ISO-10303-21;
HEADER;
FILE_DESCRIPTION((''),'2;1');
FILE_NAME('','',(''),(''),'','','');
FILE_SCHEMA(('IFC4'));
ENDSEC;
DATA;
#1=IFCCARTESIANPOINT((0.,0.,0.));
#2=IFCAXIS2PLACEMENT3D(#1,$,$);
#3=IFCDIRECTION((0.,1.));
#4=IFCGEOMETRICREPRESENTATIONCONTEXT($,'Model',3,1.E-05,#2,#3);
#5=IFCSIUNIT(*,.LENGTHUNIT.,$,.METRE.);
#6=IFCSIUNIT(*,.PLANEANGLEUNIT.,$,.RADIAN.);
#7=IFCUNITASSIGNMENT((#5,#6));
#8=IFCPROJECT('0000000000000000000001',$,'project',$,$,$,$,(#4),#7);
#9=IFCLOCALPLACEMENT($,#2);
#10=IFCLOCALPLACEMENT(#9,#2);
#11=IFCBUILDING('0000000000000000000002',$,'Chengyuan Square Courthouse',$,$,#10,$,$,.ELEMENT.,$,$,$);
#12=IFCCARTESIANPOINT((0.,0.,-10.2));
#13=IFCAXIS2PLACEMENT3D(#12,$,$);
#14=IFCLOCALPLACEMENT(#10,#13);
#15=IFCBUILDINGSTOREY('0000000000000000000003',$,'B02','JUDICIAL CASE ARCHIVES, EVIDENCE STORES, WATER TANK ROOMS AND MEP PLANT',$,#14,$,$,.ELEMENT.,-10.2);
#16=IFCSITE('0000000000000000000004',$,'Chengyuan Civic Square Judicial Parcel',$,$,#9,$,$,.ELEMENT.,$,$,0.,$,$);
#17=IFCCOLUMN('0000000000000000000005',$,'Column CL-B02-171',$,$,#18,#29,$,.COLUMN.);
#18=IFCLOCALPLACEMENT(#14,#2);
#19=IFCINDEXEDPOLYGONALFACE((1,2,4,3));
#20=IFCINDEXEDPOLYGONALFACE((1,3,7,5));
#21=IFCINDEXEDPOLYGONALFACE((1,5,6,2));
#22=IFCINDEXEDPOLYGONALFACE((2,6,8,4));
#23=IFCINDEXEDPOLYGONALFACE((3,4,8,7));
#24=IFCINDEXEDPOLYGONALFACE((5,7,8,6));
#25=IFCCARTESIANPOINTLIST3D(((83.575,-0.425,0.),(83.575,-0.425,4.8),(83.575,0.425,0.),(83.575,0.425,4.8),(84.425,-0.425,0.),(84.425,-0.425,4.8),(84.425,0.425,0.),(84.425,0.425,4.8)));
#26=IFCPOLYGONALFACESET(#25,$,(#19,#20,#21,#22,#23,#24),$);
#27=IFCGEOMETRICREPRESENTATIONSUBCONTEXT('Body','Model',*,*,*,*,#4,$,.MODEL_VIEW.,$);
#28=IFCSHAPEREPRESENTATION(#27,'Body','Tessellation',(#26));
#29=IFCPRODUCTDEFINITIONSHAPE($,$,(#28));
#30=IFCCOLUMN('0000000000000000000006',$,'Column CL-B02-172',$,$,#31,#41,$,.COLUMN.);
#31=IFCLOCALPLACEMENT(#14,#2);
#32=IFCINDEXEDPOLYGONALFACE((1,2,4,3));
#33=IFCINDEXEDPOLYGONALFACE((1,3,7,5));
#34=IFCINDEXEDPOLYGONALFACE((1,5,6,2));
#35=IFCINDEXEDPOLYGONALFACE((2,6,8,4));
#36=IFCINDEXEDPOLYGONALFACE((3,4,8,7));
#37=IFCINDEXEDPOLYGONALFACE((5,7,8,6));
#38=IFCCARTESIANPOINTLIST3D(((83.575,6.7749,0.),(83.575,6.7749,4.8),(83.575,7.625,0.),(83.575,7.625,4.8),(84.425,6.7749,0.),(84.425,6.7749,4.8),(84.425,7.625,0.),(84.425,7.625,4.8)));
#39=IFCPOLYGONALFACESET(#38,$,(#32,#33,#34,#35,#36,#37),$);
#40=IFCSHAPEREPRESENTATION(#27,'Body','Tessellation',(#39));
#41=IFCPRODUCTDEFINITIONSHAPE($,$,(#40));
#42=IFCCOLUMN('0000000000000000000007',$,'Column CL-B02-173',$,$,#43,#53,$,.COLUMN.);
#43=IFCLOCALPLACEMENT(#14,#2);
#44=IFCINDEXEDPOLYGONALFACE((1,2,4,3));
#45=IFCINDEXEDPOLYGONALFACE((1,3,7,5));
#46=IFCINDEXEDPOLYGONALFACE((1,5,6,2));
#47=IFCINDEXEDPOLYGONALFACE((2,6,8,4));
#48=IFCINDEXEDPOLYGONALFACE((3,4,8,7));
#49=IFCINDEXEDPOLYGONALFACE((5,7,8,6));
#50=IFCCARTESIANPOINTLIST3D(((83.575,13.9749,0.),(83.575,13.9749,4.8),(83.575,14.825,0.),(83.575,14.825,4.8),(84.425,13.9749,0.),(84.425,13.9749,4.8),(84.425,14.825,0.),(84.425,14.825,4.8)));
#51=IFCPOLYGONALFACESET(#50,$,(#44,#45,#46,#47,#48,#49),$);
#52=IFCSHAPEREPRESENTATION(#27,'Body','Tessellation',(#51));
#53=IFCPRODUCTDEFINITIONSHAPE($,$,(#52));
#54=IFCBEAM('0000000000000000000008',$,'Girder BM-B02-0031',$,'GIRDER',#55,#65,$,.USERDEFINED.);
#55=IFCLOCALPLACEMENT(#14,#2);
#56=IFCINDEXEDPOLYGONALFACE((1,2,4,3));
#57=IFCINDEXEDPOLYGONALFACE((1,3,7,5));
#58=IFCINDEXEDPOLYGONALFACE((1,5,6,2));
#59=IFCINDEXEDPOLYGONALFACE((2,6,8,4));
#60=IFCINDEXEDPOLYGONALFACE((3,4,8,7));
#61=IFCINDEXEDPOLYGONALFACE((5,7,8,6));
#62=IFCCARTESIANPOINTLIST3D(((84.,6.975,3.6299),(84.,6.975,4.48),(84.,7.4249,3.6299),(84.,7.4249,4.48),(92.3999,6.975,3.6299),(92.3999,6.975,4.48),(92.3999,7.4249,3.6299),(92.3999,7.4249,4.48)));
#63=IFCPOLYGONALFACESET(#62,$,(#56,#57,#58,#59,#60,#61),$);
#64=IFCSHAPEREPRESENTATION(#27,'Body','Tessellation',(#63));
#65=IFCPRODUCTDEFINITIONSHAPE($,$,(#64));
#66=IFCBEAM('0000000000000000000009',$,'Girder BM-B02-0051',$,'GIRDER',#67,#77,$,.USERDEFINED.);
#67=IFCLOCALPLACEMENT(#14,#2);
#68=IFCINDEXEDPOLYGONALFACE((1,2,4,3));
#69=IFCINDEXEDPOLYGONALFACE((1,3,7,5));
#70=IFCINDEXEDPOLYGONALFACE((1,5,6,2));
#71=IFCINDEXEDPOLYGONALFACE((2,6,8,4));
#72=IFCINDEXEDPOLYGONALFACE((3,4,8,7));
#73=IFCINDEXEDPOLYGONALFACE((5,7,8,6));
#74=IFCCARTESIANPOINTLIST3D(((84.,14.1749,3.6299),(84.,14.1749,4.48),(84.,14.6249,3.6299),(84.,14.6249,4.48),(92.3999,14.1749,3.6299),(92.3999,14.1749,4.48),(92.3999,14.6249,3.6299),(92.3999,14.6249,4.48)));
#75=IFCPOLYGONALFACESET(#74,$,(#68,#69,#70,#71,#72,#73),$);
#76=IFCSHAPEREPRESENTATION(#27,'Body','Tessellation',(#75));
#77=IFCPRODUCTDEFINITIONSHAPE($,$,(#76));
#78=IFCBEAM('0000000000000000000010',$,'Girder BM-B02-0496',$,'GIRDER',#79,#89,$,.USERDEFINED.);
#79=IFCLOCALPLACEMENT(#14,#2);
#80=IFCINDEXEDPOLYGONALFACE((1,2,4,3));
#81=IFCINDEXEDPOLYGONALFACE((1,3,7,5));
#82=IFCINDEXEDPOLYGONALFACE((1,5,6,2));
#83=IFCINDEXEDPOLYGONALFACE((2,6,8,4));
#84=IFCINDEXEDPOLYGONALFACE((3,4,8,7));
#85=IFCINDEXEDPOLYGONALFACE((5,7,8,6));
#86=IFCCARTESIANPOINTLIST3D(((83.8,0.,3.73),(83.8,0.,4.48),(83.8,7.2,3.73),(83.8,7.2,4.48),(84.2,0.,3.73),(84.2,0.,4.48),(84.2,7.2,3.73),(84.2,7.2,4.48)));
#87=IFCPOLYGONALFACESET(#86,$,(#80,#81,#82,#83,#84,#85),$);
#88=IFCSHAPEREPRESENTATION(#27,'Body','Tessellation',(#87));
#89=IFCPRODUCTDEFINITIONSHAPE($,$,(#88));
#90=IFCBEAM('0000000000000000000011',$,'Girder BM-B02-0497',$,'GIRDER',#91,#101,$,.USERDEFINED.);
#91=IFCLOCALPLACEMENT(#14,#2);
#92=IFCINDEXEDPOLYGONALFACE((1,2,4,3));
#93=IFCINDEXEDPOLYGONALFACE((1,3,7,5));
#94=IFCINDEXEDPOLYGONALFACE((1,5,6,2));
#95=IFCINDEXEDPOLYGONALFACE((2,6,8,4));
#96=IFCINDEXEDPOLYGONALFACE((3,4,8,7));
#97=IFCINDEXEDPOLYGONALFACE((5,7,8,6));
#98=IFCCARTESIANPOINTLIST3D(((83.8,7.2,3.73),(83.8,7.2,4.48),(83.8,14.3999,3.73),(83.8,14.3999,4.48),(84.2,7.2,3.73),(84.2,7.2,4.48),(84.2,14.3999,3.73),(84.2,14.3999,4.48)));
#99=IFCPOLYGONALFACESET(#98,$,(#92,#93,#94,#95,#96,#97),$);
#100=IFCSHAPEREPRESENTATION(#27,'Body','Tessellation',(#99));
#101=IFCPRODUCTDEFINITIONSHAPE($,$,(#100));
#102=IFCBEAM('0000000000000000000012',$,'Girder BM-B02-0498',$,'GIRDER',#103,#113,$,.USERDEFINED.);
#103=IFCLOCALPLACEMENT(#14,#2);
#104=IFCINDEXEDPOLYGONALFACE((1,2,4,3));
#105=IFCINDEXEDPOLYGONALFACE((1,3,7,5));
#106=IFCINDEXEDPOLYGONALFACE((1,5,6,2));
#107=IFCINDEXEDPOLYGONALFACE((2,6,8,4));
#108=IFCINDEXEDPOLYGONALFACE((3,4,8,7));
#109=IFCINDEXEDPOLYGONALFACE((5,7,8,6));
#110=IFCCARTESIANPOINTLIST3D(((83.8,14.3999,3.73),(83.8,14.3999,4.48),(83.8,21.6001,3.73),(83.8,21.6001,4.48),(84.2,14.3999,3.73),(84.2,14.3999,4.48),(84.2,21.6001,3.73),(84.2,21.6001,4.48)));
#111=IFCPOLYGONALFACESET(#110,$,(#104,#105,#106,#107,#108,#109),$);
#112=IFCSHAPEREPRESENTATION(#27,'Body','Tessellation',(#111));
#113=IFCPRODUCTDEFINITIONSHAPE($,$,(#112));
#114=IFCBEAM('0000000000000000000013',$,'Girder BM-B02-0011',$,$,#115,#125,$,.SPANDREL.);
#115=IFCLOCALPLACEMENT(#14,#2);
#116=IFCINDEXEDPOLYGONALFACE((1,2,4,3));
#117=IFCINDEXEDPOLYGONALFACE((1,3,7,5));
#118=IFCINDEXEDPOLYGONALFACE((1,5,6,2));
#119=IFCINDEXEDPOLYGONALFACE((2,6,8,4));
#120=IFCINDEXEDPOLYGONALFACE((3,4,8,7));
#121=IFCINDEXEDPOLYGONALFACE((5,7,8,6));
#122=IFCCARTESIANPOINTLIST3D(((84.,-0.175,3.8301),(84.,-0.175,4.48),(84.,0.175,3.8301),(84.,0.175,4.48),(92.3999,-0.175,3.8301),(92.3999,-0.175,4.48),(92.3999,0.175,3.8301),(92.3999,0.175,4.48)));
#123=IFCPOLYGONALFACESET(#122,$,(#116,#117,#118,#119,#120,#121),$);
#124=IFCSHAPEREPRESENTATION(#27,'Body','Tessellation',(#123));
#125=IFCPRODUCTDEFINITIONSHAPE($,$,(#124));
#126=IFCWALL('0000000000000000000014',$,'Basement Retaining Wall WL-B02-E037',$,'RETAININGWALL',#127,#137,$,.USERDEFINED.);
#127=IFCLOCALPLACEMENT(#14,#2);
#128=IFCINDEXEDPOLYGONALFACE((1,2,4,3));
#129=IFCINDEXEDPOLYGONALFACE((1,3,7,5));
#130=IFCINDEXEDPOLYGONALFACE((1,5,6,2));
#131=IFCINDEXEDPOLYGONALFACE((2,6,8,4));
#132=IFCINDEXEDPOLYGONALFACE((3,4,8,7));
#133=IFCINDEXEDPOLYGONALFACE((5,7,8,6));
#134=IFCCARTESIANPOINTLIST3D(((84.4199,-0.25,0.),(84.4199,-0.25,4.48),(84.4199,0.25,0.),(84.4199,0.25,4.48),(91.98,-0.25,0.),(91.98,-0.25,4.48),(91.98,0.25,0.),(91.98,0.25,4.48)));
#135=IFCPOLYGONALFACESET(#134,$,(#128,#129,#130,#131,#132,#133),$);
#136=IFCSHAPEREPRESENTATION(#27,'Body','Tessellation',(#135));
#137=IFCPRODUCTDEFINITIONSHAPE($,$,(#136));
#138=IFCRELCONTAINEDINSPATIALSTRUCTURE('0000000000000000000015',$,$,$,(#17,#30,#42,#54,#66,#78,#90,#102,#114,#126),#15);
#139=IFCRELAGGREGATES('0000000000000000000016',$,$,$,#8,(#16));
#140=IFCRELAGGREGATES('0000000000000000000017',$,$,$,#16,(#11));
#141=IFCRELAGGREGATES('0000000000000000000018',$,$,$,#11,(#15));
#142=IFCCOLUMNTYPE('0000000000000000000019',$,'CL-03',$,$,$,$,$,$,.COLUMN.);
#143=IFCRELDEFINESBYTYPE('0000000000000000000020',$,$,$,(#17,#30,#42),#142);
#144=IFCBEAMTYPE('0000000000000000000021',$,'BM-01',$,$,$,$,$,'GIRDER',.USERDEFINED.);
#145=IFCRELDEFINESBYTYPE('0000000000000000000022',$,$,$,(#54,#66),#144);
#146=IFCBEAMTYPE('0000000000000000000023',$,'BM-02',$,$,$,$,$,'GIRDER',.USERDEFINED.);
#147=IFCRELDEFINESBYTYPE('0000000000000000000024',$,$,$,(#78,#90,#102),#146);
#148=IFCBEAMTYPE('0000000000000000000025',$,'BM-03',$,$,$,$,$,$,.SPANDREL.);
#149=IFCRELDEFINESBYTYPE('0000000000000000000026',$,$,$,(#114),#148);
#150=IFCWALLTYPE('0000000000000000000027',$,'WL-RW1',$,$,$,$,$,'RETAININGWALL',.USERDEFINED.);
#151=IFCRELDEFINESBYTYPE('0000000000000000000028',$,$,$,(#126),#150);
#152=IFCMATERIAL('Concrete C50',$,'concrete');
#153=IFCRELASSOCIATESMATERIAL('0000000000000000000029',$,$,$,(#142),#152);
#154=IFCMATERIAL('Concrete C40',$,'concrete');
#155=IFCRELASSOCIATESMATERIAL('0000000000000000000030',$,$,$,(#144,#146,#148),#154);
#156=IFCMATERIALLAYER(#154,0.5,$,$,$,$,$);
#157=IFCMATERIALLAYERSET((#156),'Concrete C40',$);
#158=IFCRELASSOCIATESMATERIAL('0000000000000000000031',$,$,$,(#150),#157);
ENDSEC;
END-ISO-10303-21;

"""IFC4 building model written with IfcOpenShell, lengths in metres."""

from ifc_helpers import new_model, si_unit, direction, frame, frame_2d, origin, origin_2d, place, context, subcontext, project, spatial, rectangle, extrude, material, layer, layer_set, material_profile, profile_set, type_object, element, save


model = new_model("IFC4")

# Units and contexts
model_context = context("Model", 3, precision=1e-05, world=origin(), true_north=direction((0.0, 1.0)))
body_context = subcontext(model_context, "Body", "Model", "MODEL_VIEW")
ifc_project = project(units=[si_unit("LENGTHUNIT", "METRE"), si_unit("PLANEANGLEUNIT", "RADIAN")], contexts=[model_context])

# Site, building, storey
site_placement = place(None, origin())
site = spatial("IfcSite", under=ifc_project, at=site_placement, Name="Chengyuan Civic Square Judicial Parcel", CompositionType="ELEMENT", RefElevation=0.0)
building_placement = place(site_placement, origin())
building = spatial("IfcBuilding", under=site, at=building_placement, Name="Chengyuan Square Courthouse", CompositionType="ELEMENT")
storey_placement = place(building_placement, frame((0.0, 0.0, -10.2)))
storey = spatial("IfcBuildingStorey", under=building, at=storey_placement, Name="B02", Description="JUDICIAL CASE ARCHIVES, EVIDENCE STORES, WATER TANK ROOMS AND MEP PLANT", CompositionType="ELEMENT", Elevation=-10.2)

# Shared definitions
ifc_material_1 = material(Name="Concrete C40", Category="concrete")

# Columns
ifc_material_2 = material(Name="Concrete C50", Category="concrete")
ifc_material_profile_1 = material_profile(ifc_material_2, rectangle(XDim=0.8501, YDim=0.8501, at=origin_2d()), Name="RC-COL-850x850")
ifc_profile_set_1 = profile_set([ifc_material_profile_1], Name="Concrete C50")
column_type = type_object("IfcColumnType", Name="CL-03", PredefinedType="COLUMN", material=ifc_profile_set_1)
for number, where, z_axis, x_axis, name in (
    (1, (84.0, 0.0, 0.0), (0.0, 0.0, 1.0), (1.0, 0.0, 0.0), "Column CL-B02-171"),
    (2, (84.0, 7.2, 0.0), (0.0, 0.0, 1.0), (1.0, 0.0, 0.0), "Column CL-B02-172"),
    (3, (84.0, 14.3999, 0.0), (0.0, 0.0, 1.0), (1.0, 0.0, 0.0), "Column CL-B02-173"),
):
    element("IfcColumn", number, at=place(storey_placement, frame(where, z_axis=z_axis, x_axis=x_axis)), inside=storey, type_object=column_type, Name=name, PredefinedType="COLUMN", context=body_context, shape_type="SweptSolid", body=[
        extrude(rectangle(XDim=0.8501, YDim=0.8501, at=origin_2d()), origin(), (0.0, 0.0, 1.0), 4.8),
    ])

# Beams
ifc_material_profile_2 = material_profile(ifc_material_1, rectangle(XDim=0.45, YDim=0.8501, at=origin_2d()), Name="RC-BM-450x850")
ifc_profile_set_2 = profile_set([ifc_material_profile_2], Name="Concrete C40")
beam_type_1 = type_object("IfcBeamType", Name="BM-01", ElementType="GIRDER", PredefinedType="USERDEFINED", material=ifc_profile_set_2)
for number, where, z_axis, x_axis, name in (
    (4, (84.0, 7.2, 4.0549), (1.0, 0.0, 0.0), (0.0, 1.0, 0.0), "Girder BM-B02-0031"),
    (5, (84.0, 14.3999, 4.0549), (1.0, 0.0, 0.0), (0.0, 1.0, 0.0), "Girder BM-B02-0051"),
):
    element("IfcBeam", number, at=place(storey_placement, frame(where, z_axis=z_axis, x_axis=x_axis)), inside=storey, type_object=beam_type_1, Name=name, ObjectType="GIRDER", PredefinedType="USERDEFINED", context=body_context, shape_type="SweptSolid", body=[
        extrude(rectangle(XDim=0.45, YDim=0.8501, at=origin_2d()), origin(), (0.0, 0.0, 1.0), 8.3999),
    ])
ifc_material_profile_3 = material_profile(ifc_material_1, rectangle(XDim=0.3999, YDim=0.75, at=origin_2d()), Name="RC-BM-400x750")
ifc_profile_set_3 = profile_set([ifc_material_profile_3], Name="Concrete C40")
beam_type_2 = type_object("IfcBeamType", Name="BM-02", ElementType="GIRDER", PredefinedType="USERDEFINED", material=ifc_profile_set_3)
for number, where, z_axis, x_axis, name in (
    (6, (84.0, 0.0, 4.105), (0.0, 1.0, 0.0), (-1.0, 0.0, 0.0), "Girder BM-B02-0496"),
    (7, (84.0, 7.2, 4.105), (0.0, 1.0, 0.0), (-1.0, 0.0, 0.0), "Girder BM-B02-0497"),
):
    element("IfcBeam", number, at=place(storey_placement, frame(where, z_axis=z_axis, x_axis=x_axis)), inside=storey, type_object=beam_type_2, Name=name, ObjectType="GIRDER", PredefinedType="USERDEFINED", context=body_context, shape_type="SweptSolid", body=[
        extrude(rectangle(XDim=0.3999, YDim=0.75, at=origin_2d()), origin(), (0.0, 0.0, 1.0), 7.2),
    ])
beam_1_placement = place(storey_placement, frame((84.0, 14.3999, 4.105), z_axis=(0.0, 1.0, 0.0), x_axis=(-1.0, 0.0, 0.0)))
element("IfcBeam", 8, at=beam_1_placement, inside=storey, type_object=beam_type_2, Name="Girder BM-B02-0498", ObjectType="GIRDER", PredefinedType="USERDEFINED", context=body_context, shape_type="SweptSolid", body=[
    extrude(rectangle(XDim=0.3999, YDim=0.75, at=origin_2d()), origin(), (0.0, 0.0, 1.0), 7.2002),
])
ifc_material_profile_4 = material_profile(ifc_material_1, rectangle(XDim=0.3501, YDim=0.6499, at=origin_2d()), Name="RC-BM-350x650")
ifc_profile_set_4 = profile_set([ifc_material_profile_4], Name="Concrete C40")
beam_type_3 = type_object("IfcBeamType", Name="BM-03", PredefinedType="SPANDREL", material=ifc_profile_set_4)
beam_2_placement = place(storey_placement, frame((84.0, 0.0, 4.155), z_axis=(1.0, 0.0, 0.0), x_axis=(0.0, 1.0, 0.0)))
element("IfcBeam", 9, at=beam_2_placement, inside=storey, type_object=beam_type_3, Name="Girder BM-B02-0011", PredefinedType="SPANDREL", context=body_context, shape_type="SweptSolid", body=[
    extrude(rectangle(XDim=0.3501, YDim=0.6499, at=origin_2d()), origin(), (0.0, 0.0, 1.0), 8.3999),
])

# Wall
ifc_layer = layer(ifc_material_1, 0.5)
ifc_layer_set = layer_set([ifc_layer], Name="Concrete C40")
wall_type = type_object("IfcWallType", Name="WL-RW1", ElementType="RETAININGWALL", PredefinedType="USERDEFINED", material=ifc_layer_set)
wall_placement = place(storey_placement, frame((84.4199, 0.0, 0.0), z_axis=(0.0, 0.0, 1.0), x_axis=(1.0, 0.0, 0.0)))
element("IfcWall", 10, at=wall_placement, inside=storey, type_object=wall_type, Name="Basement Retaining Wall WL-B02-E037", ObjectType="RETAININGWALL", PredefinedType="USERDEFINED", context=body_context, shape_type="SweptSolid", body=[
    extrude(rectangle(XDim=7.5601, YDim=0.5, at=frame_2d((3.78, 0.0))), origin(), (0.0, 0.0, 1.0), 4.48),
])

save(model, "model.ifc")
